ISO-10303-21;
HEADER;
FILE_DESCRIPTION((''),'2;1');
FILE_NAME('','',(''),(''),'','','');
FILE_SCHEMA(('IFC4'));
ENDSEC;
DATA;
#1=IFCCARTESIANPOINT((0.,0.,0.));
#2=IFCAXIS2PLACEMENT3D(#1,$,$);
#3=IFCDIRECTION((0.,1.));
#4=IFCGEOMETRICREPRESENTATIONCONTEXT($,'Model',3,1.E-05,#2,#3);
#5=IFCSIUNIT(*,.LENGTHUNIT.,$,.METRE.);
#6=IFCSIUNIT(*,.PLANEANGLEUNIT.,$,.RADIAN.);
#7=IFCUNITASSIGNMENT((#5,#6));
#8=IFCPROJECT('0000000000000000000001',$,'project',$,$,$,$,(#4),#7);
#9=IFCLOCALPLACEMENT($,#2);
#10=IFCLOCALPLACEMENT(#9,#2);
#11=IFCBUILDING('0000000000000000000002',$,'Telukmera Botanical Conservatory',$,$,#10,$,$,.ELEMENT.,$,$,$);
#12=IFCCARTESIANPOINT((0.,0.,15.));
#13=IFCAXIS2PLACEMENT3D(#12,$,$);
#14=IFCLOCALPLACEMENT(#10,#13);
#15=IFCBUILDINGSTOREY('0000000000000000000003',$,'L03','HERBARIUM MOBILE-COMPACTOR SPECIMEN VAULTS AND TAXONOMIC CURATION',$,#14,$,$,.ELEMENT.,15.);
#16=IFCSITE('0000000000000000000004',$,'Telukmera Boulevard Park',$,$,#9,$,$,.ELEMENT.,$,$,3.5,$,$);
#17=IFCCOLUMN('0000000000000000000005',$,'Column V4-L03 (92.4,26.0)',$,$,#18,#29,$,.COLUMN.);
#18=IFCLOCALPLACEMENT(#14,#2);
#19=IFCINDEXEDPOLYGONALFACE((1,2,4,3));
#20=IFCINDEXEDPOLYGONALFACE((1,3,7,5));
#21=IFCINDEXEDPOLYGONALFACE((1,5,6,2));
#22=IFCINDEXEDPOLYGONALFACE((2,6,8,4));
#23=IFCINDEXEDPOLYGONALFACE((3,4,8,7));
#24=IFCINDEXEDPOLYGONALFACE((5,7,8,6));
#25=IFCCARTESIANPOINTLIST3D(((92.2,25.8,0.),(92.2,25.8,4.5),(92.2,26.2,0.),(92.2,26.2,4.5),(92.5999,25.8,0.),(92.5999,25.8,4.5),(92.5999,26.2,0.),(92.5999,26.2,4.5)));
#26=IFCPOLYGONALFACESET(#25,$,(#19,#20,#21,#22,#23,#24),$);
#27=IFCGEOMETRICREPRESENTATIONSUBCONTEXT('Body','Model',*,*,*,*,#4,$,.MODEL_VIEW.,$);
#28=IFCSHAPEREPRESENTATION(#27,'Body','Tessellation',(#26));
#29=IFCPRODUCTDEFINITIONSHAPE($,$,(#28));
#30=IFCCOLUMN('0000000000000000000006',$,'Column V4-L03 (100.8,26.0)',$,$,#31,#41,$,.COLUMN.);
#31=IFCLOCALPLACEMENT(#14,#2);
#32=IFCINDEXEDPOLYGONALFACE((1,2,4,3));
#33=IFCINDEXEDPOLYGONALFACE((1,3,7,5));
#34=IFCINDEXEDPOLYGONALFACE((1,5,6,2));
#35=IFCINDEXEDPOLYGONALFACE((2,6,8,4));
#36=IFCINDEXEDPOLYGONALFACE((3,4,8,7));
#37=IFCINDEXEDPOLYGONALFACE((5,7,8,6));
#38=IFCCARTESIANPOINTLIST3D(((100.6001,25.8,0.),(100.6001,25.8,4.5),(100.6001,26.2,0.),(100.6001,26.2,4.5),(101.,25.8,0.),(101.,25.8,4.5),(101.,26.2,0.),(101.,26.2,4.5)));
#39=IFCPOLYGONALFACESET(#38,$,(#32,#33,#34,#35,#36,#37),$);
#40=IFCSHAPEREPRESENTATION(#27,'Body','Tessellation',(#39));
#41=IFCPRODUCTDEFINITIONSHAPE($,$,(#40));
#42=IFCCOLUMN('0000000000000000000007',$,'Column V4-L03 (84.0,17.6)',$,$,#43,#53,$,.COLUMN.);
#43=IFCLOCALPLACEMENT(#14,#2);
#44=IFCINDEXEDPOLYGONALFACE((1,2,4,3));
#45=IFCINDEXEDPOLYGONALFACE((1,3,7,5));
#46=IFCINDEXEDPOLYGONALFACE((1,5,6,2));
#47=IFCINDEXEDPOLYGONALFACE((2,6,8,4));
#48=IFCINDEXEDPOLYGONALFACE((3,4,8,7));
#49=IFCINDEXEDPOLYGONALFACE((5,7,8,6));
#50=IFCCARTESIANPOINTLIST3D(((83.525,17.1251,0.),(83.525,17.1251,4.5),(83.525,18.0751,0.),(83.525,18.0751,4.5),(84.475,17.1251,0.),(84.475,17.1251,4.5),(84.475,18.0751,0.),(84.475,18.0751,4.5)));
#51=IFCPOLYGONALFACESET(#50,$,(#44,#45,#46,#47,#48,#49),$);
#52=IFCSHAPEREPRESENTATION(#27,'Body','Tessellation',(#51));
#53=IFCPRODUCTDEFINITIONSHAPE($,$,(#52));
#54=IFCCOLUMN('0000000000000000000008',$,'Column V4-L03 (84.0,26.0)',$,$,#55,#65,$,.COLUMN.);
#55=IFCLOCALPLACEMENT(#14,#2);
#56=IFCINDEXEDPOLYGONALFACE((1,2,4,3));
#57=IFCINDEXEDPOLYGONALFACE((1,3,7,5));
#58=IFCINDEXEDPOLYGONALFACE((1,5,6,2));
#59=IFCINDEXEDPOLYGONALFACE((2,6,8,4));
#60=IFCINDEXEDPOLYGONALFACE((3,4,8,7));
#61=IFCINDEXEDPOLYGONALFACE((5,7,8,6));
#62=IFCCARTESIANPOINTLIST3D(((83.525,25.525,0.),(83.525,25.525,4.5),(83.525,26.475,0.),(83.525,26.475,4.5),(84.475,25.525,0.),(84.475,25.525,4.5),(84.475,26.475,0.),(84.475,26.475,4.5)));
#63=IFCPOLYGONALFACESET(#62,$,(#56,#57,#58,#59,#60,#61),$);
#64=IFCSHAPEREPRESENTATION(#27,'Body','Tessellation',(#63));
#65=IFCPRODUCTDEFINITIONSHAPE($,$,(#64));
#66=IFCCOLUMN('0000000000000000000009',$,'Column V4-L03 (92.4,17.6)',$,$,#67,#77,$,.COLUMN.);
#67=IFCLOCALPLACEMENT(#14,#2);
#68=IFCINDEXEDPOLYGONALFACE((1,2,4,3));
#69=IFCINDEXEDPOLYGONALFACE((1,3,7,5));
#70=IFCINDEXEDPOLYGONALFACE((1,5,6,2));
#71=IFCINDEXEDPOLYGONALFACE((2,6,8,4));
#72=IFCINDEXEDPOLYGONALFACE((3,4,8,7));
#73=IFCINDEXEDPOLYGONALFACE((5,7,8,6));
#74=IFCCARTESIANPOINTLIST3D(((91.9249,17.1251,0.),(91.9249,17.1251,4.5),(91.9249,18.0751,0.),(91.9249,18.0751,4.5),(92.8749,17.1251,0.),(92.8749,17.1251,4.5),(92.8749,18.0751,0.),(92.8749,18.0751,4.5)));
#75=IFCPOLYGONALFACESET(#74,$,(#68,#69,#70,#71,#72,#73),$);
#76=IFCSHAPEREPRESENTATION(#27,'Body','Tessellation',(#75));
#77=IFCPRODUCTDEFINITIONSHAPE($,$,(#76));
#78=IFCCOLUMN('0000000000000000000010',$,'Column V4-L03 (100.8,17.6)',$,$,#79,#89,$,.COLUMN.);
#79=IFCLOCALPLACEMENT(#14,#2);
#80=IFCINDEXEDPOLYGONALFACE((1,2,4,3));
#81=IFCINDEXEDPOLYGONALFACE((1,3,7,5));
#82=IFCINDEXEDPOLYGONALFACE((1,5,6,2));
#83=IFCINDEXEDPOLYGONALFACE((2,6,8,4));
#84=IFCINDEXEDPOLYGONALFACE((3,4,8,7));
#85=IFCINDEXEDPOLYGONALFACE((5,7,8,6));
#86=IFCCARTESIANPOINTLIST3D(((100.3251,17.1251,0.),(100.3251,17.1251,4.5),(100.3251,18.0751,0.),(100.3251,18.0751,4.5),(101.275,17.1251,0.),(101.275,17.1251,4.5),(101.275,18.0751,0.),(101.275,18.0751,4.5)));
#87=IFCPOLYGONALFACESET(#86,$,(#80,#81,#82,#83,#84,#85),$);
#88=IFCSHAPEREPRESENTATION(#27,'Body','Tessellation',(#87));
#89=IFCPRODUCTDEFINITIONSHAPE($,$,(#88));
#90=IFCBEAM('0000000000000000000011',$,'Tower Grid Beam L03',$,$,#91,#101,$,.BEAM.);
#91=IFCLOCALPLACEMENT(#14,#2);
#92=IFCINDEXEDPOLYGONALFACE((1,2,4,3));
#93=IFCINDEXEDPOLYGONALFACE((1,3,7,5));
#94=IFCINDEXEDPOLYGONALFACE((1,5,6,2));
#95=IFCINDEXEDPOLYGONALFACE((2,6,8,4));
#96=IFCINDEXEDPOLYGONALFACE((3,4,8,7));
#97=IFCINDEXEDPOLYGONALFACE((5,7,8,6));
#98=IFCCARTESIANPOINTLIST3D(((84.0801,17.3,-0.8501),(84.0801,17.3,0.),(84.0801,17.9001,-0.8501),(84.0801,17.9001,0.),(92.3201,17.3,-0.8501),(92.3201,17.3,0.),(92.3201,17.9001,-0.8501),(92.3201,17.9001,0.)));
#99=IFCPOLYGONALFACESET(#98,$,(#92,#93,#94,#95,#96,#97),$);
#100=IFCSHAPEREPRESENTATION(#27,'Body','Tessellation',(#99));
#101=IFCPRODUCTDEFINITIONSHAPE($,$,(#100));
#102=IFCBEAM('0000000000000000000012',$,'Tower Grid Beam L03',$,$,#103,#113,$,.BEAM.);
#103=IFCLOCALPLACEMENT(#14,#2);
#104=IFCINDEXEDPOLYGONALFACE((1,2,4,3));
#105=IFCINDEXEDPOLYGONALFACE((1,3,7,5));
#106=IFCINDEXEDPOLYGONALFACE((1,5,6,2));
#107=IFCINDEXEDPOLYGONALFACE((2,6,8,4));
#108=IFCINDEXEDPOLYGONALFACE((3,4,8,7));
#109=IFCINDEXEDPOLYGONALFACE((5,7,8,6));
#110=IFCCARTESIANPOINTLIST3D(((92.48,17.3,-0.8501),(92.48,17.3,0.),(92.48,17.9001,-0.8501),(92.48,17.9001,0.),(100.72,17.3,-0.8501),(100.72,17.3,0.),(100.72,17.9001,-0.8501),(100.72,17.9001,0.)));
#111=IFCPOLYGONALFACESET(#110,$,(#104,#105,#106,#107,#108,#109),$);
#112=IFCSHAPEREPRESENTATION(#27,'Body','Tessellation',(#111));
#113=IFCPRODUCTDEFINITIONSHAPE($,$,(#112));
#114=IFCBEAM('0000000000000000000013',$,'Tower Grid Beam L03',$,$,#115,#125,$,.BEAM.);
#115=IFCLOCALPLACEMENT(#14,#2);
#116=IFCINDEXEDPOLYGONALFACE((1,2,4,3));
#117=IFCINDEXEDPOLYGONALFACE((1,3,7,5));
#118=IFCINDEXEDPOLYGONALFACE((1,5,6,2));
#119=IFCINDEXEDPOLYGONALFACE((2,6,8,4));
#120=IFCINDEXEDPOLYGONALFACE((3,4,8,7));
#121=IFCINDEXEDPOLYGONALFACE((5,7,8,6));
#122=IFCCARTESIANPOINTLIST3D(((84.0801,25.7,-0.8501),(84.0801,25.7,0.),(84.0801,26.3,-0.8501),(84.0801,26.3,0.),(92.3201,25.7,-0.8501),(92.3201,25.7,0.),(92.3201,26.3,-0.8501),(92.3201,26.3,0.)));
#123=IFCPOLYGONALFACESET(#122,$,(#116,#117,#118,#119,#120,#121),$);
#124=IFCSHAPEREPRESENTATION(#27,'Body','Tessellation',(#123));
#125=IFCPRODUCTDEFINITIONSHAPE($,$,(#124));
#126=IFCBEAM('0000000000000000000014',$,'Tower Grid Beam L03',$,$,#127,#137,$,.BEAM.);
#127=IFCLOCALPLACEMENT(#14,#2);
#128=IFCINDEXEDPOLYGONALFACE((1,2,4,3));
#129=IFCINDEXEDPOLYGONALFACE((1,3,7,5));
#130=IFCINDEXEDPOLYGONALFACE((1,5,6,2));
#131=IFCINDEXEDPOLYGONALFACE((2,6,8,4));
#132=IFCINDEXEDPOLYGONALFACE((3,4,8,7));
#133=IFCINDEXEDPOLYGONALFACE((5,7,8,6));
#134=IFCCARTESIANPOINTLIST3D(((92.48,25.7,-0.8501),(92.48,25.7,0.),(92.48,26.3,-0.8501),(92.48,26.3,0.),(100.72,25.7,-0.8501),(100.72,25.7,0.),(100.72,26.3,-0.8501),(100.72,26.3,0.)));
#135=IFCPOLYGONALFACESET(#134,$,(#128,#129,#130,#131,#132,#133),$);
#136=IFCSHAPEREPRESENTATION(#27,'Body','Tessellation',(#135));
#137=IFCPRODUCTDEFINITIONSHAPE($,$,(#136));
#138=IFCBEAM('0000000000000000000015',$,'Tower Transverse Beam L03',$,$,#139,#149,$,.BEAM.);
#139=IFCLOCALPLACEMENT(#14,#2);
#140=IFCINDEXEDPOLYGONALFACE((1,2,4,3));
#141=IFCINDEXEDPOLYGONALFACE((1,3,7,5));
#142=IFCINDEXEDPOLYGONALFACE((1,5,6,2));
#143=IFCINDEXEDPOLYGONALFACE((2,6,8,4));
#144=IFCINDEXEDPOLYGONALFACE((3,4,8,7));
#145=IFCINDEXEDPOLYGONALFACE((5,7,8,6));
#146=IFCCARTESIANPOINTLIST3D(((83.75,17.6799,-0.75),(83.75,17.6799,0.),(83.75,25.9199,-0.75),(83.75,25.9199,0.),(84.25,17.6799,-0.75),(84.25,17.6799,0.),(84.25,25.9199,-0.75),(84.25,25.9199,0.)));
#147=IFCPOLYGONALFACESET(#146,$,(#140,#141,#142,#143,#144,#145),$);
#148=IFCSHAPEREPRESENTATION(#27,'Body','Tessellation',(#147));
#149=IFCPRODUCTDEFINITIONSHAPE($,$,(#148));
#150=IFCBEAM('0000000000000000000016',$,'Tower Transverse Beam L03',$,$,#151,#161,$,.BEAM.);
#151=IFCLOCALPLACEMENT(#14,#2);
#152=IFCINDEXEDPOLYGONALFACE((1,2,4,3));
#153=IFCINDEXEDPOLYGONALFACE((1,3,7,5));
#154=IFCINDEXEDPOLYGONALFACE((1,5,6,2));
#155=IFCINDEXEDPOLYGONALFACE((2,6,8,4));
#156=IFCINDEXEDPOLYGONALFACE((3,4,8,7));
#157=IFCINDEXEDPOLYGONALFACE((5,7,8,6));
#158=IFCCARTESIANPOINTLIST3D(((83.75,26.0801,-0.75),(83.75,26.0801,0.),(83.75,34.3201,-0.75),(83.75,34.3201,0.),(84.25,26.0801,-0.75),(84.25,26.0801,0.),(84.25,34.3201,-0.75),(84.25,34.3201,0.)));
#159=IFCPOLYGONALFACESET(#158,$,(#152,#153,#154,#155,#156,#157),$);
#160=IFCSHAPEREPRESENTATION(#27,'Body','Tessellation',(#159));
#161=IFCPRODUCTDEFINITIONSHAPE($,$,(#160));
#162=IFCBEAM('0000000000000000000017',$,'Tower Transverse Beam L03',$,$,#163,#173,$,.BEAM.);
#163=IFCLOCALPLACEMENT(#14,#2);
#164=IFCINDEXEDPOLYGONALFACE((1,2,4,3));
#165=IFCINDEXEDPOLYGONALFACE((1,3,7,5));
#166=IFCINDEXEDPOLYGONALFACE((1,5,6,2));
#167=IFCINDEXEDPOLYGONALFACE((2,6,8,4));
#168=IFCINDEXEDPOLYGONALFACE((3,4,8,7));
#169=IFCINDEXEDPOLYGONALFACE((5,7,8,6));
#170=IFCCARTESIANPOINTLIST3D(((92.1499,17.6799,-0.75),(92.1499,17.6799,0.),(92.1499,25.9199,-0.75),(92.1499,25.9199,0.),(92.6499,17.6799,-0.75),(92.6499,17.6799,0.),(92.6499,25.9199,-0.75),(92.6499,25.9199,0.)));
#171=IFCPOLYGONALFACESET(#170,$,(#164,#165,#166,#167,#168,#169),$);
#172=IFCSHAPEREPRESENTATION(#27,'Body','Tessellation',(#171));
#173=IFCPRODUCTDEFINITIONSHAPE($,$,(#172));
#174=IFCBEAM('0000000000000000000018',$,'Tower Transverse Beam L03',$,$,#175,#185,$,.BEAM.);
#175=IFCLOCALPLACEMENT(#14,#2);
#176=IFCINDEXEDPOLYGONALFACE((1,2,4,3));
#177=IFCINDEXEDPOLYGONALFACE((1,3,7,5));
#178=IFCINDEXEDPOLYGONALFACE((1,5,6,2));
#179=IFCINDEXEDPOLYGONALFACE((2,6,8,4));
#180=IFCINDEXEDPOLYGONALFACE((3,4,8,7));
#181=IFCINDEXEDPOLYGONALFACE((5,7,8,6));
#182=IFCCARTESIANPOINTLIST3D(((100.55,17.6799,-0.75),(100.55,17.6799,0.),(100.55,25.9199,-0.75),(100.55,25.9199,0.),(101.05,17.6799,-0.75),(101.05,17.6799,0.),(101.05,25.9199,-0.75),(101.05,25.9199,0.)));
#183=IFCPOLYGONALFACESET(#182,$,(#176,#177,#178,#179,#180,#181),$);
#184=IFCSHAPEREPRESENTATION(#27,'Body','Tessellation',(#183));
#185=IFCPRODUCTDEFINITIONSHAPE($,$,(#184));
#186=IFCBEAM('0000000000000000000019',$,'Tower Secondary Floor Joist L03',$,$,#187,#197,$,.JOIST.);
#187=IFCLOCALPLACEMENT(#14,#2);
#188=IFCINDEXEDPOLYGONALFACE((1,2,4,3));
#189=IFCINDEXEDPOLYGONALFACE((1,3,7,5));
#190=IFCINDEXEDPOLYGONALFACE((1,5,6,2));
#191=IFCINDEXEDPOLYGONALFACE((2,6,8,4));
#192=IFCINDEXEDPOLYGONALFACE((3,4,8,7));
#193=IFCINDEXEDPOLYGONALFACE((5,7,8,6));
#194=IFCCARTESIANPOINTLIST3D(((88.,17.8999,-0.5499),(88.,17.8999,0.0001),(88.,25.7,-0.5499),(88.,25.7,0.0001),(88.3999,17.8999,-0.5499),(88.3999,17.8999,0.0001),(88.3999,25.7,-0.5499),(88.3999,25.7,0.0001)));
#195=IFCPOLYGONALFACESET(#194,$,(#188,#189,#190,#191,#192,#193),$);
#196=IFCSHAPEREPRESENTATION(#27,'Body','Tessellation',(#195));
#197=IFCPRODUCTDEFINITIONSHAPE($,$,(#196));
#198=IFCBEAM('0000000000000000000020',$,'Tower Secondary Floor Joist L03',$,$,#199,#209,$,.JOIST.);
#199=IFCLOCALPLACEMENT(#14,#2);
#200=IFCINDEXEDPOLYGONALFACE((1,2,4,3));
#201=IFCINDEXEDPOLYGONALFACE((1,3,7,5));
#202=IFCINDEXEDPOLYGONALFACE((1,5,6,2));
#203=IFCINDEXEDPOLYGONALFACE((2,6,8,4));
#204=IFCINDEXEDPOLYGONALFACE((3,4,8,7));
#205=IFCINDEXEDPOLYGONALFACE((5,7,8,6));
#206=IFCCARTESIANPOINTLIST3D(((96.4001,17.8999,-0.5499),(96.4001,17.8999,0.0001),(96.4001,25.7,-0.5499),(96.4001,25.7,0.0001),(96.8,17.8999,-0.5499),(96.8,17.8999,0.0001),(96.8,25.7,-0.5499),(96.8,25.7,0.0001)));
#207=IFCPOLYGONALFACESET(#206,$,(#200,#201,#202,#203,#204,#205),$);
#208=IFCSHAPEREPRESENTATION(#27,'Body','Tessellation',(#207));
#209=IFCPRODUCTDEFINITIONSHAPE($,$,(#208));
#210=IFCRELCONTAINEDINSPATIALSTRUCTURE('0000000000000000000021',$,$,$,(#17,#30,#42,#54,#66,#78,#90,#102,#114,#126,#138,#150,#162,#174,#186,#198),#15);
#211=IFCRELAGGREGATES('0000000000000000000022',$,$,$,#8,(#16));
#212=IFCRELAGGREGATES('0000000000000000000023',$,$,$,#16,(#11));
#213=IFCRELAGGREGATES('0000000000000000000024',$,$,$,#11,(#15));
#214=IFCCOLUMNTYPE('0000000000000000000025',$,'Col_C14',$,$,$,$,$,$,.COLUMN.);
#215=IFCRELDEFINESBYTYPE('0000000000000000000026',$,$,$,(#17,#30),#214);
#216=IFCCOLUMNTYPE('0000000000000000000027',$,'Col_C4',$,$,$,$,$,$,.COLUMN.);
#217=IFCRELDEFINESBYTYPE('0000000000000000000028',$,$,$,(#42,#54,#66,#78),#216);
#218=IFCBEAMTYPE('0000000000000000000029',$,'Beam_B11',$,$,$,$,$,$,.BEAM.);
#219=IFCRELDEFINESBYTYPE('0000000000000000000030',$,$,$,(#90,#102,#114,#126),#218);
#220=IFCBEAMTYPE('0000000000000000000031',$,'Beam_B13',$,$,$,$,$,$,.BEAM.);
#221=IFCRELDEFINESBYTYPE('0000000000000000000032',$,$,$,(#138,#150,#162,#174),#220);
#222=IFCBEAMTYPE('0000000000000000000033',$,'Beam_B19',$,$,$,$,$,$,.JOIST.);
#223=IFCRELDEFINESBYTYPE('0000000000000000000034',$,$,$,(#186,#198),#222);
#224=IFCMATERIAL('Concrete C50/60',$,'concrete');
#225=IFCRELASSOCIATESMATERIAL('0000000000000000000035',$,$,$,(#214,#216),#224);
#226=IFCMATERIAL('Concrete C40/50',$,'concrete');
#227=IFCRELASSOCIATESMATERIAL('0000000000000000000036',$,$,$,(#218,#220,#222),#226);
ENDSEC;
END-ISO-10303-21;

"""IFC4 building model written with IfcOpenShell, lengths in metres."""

from ifc_helpers import new_model, si_unit, direction, frame, origin, origin_2d, place, context, subcontext, project, spatial, rectangle, extrude, material, material_profile, profile_set, type_object, element, save


model = new_model("IFC4")

# Units and contexts
model_context = context("Model", 3, precision=1e-05, world=origin(), true_north=direction((0.0, 1.0)))
body_context = subcontext(model_context, "Body", "Model", "MODEL_VIEW")
ifc_project = project(units=[si_unit("LENGTHUNIT", "METRE"), si_unit("PLANEANGLEUNIT", "RADIAN")], contexts=[model_context])

# Site, building, storey
site_placement = place(None, origin())
site = spatial("IfcSite", under=ifc_project, at=site_placement, Name="Telukmera Boulevard Park", CompositionType="ELEMENT", RefElevation=3.5)
building_placement = place(site_placement, origin())
building = spatial("IfcBuilding", under=site, at=building_placement, Name="Telukmera Botanical Conservatory", CompositionType="ELEMENT")
storey_placement = place(building_placement, frame((0.0, 0.0, 15.0)))
storey = spatial("IfcBuildingStorey", under=building, at=storey_placement, Name="L03", Description="HERBARIUM MOBILE-COMPACTOR SPECIMEN VAULTS AND TAXONOMIC CURATION", CompositionType="ELEMENT", Elevation=15.0)

# Columns
ifc_material_1 = material(Name="Concrete C50/60", Category="concrete")
ifc_material_profile_1 = material_profile(ifc_material_1, rectangle(XDim=0.3999, YDim=0.3999, at=origin_2d()), Name="RC 400x400")
ifc_profile_set_1 = profile_set([ifc_material_profile_1], Name="Concrete C50/60")
column_type_1 = type_object("IfcColumnType", Name="Col_C14", PredefinedType="COLUMN", material=ifc_profile_set_1)
for number, where, z_axis, x_axis, name in (
    (1, (92.3999, 26.0, 0.0), (0.0, 0.0, 1.0), (1.0, 0.0, 0.0), "Column V4-L03 (92.4,26.0)"),
    (2, (100.8, 26.0, 0.0), (0.0, 0.0, 1.0), (1.0, 0.0, 0.0), "Column V4-L03 (100.8,26.0)"),
):
    element("IfcColumn", number, at=place(storey_placement, frame(where, z_axis=z_axis, x_axis=x_axis)), inside=storey, type_object=column_type_1, Name=name, PredefinedType="COLUMN", context=body_context, shape_type="SweptSolid", body=[
        extrude(rectangle(XDim=0.3999, YDim=0.3999, at=origin_2d()), origin(), (0.0, 0.0, 1.0), 4.5),
    ])
ifc_material_profile_2 = material_profile(ifc_material_1, rectangle(XDim=0.95, YDim=0.95, at=origin_2d()), Name="RC 950x950")
ifc_profile_set_2 = profile_set([ifc_material_profile_2], Name="Concrete C50/60")
column_type_2 = type_object("IfcColumnType", Name="Col_C4", PredefinedType="COLUMN", material=ifc_profile_set_2)
for number, where, z_axis, x_axis, name in (
    (3, (84.0, 17.6001, 0.0), (0.0, 0.0, 1.0), (1.0, 0.0, 0.0), "Column V4-L03 (84.0,17.6)"),
    (4, (84.0, 26.0, 0.0), (0.0, 0.0, 1.0), (1.0, 0.0, 0.0), "Column V4-L03 (84.0,26.0)"),
    (5, (92.3999, 17.6001, 0.0), (0.0, 0.0, 1.0), (1.0, 0.0, 0.0), "Column V4-L03 (92.4,17.6)"),
    (6, (100.8, 17.6001, 0.0), (0.0, 0.0, 1.0), (1.0, 0.0, 0.0), "Column V4-L03 (100.8,17.6)"),
):
    element("IfcColumn", number, at=place(storey_placement, frame(where, z_axis=z_axis, x_axis=x_axis)), inside=storey, type_object=column_type_2, Name=name, PredefinedType="COLUMN", context=body_context, shape_type="SweptSolid", body=[
        extrude(rectangle(XDim=0.95, YDim=0.95, at=origin_2d()), origin(), (0.0, 0.0, 1.0), 4.5),
    ])

# Beams
ifc_material_2 = material(Name="Concrete C40/50", Category="concrete")
ifc_material_profile_3 = material_profile(ifc_material_2, rectangle(XDim=0.6001, YDim=0.8501, at=origin_2d()), Name="RC 600x850")
ifc_profile_set_3 = profile_set([ifc_material_profile_3], Name="Concrete C40/50")
beam_type_1 = type_object("IfcBeamType", Name="Beam_B11", PredefinedType="BEAM", material=ifc_profile_set_3)
for number, where, z_axis, x_axis, name in (
    (7, (84.0801, 17.6001, -0.425), (1.0, 0.0, 0.0), (0.0, 1.0, 0.0), "Tower Grid Beam L03"),
    (8, (92.48, 17.6001, -0.425), (1.0, 0.0, 0.0), (0.0, 1.0, 0.0), "Tower Grid Beam L03"),
    (9, (84.0801, 26.0, -0.425), (1.0, 0.0, 0.0), (0.0, 1.0, 0.0), "Tower Grid Beam L03"),
    (10, (92.48, 26.0, -0.425), (1.0, 0.0, 0.0), (0.0, 1.0, 0.0), "Tower Grid Beam L03"),
):
    element("IfcBeam", number, at=place(storey_placement, frame(where, z_axis=z_axis, x_axis=x_axis)), inside=storey, type_object=beam_type_1, Name=name, PredefinedType="BEAM", context=body_context, shape_type="SweptSolid", body=[
        extrude(rectangle(XDim=0.6001, YDim=0.8501, at=origin_2d()), origin(), (0.0, 0.0, 1.0), 8.24),
    ])
ifc_material_profile_4 = material_profile(ifc_material_2, rectangle(XDim=0.5, YDim=0.75, at=origin_2d()), Name="RC 500x750")
ifc_profile_set_4 = profile_set([ifc_material_profile_4], Name="Concrete C40/50")
beam_type_2 = type_object("IfcBeamType", Name="Beam_B13", PredefinedType="BEAM", material=ifc_profile_set_4)
for number, where, z_axis, x_axis, name in (
    (11, (84.0, 17.6799, -0.375), (0.0, 1.0, 0.0), (-1.0, 0.0, 0.0), "Tower Transverse Beam L03"),
    (12, (84.0, 26.0801, -0.375), (0.0, 1.0, 0.0), (-1.0, 0.0, 0.0), "Tower Transverse Beam L03"),
    (13, (92.3999, 17.6799, -0.375), (0.0, 1.0, 0.0), (-1.0, 0.0, 0.0), "Tower Transverse Beam L03"),
    (14, (100.8, 17.6799, -0.375), (0.0, 1.0, 0.0), (-1.0, 0.0, 0.0), "Tower Transverse Beam L03"),
):
    element("IfcBeam", number, at=place(storey_placement, frame(where, z_axis=z_axis, x_axis=x_axis)), inside=storey, type_object=beam_type_2, Name=name, PredefinedType="BEAM", context=body_context, shape_type="SweptSolid", body=[
        extrude(rectangle(XDim=0.5, YDim=0.75, at=origin_2d()), origin(), (0.0, 0.0, 1.0), 8.24),
    ])
ifc_material_profile_5 = material_profile(ifc_material_2, rectangle(XDim=0.3999, YDim=0.55, at=origin_2d()), Name="RC 400x550")
ifc_profile_set_5 = profile_set([ifc_material_profile_5], Name="Concrete C40/50")
beam_type_3 = type_object("IfcBeamType", Name="Beam_B19", PredefinedType="JOIST", material=ifc_profile_set_5)
for number, where, z_axis, x_axis, name in (
    (15, (88.2, 17.8999, -0.2749), (0.0, 1.0, 0.0), (-1.0, 0.0, 0.0), "Tower Secondary Floor Joist L03"),
    (16, (96.6001, 17.8999, -0.2749), (0.0, 1.0, 0.0), (-1.0, 0.0, 0.0), "Tower Secondary Floor Joist L03"),
):
    element("IfcBeam", number, at=place(storey_placement, frame(where, z_axis=z_axis, x_axis=x_axis)), inside=storey, type_object=beam_type_3, Name=name, PredefinedType="JOIST", context=body_context, shape_type="SweptSolid", body=[
        extrude(rectangle(XDim=0.3999, YDim=0.55, at=origin_2d()), origin(), (0.0, 0.0, 1.0), 7.8),
    ])

save(model, "model.ifc")
